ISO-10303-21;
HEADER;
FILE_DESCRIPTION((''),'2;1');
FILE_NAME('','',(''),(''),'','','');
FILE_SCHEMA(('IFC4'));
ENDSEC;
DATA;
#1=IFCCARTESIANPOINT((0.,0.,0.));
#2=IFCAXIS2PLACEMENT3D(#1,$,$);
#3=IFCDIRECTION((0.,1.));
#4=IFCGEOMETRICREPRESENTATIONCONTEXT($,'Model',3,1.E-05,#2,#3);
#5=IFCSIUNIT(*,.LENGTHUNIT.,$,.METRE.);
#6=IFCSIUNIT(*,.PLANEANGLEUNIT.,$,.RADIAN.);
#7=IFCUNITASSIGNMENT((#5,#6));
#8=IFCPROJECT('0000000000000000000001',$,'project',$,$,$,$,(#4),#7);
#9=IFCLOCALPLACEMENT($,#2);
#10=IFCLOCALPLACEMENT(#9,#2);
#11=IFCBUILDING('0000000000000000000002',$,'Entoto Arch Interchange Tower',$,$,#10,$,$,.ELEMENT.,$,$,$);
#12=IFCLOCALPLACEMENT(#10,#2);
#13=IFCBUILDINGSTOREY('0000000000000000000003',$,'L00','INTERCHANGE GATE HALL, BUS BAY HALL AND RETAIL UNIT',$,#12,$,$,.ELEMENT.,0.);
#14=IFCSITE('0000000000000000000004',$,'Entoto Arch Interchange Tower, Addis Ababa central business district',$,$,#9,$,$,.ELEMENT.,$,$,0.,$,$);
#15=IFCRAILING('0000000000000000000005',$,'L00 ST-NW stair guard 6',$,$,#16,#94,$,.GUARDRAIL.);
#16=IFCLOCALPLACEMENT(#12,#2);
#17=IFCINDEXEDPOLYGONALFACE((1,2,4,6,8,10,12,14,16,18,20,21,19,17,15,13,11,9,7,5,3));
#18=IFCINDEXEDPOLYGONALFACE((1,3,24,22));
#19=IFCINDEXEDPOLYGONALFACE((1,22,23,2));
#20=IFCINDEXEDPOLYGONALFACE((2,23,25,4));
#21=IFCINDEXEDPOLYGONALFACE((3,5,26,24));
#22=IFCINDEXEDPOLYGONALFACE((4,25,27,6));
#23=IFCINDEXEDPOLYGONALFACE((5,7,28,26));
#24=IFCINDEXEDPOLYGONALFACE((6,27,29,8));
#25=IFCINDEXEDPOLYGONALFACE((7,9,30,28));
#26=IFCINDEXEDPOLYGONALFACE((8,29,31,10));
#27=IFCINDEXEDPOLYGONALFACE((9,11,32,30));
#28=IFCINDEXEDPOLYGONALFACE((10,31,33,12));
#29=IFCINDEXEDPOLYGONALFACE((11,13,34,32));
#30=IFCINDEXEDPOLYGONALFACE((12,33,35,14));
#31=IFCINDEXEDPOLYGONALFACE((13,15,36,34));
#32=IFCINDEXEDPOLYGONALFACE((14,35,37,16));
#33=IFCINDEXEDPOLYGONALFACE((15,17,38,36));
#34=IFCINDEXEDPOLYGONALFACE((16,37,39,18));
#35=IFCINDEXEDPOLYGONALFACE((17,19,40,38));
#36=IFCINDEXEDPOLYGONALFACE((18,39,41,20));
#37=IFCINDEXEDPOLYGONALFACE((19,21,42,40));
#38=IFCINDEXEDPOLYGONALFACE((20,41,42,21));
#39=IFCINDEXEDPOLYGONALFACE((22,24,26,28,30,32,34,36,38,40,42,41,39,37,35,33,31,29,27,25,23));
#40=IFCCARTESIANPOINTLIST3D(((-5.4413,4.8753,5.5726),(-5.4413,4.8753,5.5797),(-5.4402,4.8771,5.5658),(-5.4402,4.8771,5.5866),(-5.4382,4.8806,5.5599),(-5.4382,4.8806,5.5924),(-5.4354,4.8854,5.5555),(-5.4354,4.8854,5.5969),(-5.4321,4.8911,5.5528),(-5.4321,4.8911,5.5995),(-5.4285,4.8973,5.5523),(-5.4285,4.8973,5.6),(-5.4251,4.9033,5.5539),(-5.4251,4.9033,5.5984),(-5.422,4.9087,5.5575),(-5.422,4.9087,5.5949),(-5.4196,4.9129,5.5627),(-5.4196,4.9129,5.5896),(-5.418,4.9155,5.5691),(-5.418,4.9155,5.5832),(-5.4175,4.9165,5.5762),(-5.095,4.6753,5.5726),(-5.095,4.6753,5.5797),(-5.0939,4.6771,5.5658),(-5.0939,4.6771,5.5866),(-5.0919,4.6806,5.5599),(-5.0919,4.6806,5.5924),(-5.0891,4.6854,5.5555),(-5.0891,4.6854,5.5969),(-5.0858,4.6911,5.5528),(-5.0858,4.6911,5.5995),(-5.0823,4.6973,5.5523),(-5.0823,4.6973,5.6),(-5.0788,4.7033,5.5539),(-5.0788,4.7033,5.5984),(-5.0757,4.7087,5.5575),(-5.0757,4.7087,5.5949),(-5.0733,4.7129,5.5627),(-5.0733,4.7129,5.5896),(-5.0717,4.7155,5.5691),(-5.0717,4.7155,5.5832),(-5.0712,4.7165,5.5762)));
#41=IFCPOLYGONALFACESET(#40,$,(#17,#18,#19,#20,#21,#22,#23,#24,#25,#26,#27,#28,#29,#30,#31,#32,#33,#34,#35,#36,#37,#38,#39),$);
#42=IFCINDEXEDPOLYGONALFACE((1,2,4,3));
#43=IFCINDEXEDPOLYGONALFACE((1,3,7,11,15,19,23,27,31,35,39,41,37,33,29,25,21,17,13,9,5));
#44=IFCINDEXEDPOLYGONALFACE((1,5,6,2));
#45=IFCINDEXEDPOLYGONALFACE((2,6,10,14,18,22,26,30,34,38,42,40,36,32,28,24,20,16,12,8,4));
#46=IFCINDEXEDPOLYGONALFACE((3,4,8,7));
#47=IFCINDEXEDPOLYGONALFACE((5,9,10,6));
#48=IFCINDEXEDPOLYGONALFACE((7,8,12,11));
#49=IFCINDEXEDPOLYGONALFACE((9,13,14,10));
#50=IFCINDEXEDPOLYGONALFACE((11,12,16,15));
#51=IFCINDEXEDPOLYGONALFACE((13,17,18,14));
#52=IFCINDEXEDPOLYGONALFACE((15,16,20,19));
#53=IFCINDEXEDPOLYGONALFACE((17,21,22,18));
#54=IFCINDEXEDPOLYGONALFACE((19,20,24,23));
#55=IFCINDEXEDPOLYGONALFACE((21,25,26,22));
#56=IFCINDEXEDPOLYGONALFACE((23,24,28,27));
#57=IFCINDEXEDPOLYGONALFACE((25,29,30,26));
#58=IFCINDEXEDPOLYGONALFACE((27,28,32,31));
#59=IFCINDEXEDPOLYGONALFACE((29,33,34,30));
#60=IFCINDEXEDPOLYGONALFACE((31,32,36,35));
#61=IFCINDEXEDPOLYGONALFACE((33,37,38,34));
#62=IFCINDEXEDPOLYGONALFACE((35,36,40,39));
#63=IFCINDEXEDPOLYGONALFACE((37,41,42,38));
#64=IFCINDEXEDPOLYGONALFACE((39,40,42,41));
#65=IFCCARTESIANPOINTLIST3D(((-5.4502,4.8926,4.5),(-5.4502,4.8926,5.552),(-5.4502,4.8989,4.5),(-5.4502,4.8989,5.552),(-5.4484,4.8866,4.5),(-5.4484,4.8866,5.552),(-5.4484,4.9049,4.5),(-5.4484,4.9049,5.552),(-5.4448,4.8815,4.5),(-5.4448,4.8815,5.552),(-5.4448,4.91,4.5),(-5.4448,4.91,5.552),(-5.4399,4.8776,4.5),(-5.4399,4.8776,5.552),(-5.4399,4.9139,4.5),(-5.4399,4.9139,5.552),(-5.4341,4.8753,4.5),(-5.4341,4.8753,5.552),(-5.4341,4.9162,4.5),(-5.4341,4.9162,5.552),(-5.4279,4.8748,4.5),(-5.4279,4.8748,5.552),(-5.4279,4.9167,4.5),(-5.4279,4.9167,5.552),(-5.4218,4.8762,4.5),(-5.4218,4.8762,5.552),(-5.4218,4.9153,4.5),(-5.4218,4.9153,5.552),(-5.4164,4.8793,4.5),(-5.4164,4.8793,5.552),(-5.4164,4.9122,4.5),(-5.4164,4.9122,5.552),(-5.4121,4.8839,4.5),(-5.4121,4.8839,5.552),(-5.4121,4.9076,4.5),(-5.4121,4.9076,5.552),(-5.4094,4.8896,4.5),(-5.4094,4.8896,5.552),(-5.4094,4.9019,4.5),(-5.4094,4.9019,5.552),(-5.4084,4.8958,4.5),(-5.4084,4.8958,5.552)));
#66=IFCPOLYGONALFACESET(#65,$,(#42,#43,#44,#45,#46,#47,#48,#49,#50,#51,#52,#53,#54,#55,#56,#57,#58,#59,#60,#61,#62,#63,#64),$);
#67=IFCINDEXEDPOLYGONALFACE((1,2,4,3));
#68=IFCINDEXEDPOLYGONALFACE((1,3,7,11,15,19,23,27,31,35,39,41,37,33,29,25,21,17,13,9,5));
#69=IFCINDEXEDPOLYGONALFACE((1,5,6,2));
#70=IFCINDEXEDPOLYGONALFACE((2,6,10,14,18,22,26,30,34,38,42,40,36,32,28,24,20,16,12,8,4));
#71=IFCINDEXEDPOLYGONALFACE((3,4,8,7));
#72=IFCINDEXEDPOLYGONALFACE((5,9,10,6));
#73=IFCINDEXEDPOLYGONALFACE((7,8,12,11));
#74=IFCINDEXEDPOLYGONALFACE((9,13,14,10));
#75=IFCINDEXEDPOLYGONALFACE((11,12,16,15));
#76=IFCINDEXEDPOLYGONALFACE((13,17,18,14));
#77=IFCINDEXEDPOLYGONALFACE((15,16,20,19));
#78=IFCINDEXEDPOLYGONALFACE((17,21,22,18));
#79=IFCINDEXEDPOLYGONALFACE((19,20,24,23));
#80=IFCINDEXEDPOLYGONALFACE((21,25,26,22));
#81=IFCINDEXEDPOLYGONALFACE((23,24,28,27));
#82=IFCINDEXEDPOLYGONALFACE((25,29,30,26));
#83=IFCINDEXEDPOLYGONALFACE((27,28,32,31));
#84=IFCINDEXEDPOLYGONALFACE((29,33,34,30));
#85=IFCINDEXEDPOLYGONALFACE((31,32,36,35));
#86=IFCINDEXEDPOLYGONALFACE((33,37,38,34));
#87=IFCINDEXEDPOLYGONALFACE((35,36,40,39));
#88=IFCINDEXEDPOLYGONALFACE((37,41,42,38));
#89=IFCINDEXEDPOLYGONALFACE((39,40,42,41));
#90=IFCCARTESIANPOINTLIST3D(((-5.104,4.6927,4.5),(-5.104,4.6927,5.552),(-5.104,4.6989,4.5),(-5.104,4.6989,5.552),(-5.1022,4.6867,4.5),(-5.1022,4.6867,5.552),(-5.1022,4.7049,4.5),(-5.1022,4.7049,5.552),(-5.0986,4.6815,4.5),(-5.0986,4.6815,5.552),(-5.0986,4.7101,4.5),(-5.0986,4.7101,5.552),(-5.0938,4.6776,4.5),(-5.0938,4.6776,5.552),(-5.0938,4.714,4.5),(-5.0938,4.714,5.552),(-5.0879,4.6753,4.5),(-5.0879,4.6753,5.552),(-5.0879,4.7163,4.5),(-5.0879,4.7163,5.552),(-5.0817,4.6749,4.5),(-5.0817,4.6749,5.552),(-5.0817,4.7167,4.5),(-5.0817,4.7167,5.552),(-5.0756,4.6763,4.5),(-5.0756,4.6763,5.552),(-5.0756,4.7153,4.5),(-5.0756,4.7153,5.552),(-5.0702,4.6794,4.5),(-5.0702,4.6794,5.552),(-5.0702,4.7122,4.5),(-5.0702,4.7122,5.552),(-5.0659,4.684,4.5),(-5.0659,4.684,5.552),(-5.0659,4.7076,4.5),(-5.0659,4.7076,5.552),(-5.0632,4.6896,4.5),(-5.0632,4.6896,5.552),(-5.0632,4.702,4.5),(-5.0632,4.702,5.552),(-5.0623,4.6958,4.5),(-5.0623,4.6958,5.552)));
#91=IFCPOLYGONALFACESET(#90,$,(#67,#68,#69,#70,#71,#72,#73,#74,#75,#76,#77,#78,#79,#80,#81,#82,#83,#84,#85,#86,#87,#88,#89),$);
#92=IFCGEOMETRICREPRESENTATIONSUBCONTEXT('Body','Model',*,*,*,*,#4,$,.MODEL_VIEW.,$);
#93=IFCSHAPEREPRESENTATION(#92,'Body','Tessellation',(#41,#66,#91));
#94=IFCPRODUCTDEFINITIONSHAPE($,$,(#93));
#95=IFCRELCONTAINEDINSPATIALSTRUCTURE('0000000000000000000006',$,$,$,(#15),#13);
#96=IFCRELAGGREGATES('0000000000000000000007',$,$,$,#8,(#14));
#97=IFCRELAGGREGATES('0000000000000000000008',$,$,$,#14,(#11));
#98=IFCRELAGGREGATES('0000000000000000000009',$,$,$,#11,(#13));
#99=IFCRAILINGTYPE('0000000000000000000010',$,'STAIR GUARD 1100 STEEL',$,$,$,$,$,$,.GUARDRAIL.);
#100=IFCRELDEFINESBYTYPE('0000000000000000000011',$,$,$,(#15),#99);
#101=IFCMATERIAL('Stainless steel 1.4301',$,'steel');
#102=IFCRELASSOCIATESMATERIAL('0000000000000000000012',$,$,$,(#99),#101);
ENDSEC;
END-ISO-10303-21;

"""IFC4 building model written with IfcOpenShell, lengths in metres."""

from ifc_helpers import new_model, si_unit, direction, frame, origin, origin_2d, place, context, subcontext, project, spatial, circle, extrude, material, type_object, element, save


model = new_model("IFC4")

# Units and contexts
model_context = context("Model", 3, precision=1e-05, world=origin(), true_north=direction((0.0, 1.0)))
body_context = subcontext(model_context, "Body", "Model", "MODEL_VIEW")
ifc_project = project(units=[si_unit("LENGTHUNIT", "METRE"), si_unit("PLANEANGLEUNIT", "RADIAN")], contexts=[model_context])

# Site, building, storey
site_placement = place(None, origin())
site = spatial("IfcSite", under=ifc_project, at=site_placement, Name="Entoto Arch Interchange Tower, Addis Ababa central business district", CompositionType="ELEMENT", RefElevation=0.0)
building_placement = place(site_placement, origin())
building = spatial("IfcBuilding", under=site, at=building_placement, Name="Entoto Arch Interchange Tower", CompositionType="ELEMENT")
storey_placement = place(building_placement, origin())
storey = spatial("IfcBuildingStorey", under=building, at=storey_placement, Name="L00", Description="INTERCHANGE GATE HALL, BUS BAY HALL AND RETAIL UNIT", CompositionType="ELEMENT", Elevation=0.0)

# Railing
ifc_material_1 = material(Name="Stainless steel 1.4301", Category="steel")
railing_type_1 = type_object("IfcRailingType", Name="STAIR GUARD 1100 STEEL", PredefinedType="GUARDRAIL", material=ifc_material_1)
railing_1_placement = place(storey_placement, frame((-5.4294, 4.8958, 4.5)))
element("IfcRailing", 1, at=railing_1_placement, inside=storey, type_object=railing_type_1, Name="L00 ST-NW stair guard 6", PredefinedType="GUARDRAIL", context=body_context, shape_type="SweptSolid", body=[
    extrude(circle(Radius=0.0239, at=origin_2d()), frame((0.0, 0.0, 1.0762), z_axis=(0.865941, -0.500145, 0.0), x_axis=(0.500145, 0.865941, 0.0)), (0.0, 0.0, 1.0), 0.3999),
    extrude(circle(Radius=0.021, at=origin_2d()), origin(), (0.0, 0.0, 1.0), 1.052),
    extrude(circle(Radius=0.021, at=origin_2d()), frame((0.3462, -0.2, 0.0)), (0.0, 0.0, 1.0), 1.052),
])

save(model, "model.ifc")
